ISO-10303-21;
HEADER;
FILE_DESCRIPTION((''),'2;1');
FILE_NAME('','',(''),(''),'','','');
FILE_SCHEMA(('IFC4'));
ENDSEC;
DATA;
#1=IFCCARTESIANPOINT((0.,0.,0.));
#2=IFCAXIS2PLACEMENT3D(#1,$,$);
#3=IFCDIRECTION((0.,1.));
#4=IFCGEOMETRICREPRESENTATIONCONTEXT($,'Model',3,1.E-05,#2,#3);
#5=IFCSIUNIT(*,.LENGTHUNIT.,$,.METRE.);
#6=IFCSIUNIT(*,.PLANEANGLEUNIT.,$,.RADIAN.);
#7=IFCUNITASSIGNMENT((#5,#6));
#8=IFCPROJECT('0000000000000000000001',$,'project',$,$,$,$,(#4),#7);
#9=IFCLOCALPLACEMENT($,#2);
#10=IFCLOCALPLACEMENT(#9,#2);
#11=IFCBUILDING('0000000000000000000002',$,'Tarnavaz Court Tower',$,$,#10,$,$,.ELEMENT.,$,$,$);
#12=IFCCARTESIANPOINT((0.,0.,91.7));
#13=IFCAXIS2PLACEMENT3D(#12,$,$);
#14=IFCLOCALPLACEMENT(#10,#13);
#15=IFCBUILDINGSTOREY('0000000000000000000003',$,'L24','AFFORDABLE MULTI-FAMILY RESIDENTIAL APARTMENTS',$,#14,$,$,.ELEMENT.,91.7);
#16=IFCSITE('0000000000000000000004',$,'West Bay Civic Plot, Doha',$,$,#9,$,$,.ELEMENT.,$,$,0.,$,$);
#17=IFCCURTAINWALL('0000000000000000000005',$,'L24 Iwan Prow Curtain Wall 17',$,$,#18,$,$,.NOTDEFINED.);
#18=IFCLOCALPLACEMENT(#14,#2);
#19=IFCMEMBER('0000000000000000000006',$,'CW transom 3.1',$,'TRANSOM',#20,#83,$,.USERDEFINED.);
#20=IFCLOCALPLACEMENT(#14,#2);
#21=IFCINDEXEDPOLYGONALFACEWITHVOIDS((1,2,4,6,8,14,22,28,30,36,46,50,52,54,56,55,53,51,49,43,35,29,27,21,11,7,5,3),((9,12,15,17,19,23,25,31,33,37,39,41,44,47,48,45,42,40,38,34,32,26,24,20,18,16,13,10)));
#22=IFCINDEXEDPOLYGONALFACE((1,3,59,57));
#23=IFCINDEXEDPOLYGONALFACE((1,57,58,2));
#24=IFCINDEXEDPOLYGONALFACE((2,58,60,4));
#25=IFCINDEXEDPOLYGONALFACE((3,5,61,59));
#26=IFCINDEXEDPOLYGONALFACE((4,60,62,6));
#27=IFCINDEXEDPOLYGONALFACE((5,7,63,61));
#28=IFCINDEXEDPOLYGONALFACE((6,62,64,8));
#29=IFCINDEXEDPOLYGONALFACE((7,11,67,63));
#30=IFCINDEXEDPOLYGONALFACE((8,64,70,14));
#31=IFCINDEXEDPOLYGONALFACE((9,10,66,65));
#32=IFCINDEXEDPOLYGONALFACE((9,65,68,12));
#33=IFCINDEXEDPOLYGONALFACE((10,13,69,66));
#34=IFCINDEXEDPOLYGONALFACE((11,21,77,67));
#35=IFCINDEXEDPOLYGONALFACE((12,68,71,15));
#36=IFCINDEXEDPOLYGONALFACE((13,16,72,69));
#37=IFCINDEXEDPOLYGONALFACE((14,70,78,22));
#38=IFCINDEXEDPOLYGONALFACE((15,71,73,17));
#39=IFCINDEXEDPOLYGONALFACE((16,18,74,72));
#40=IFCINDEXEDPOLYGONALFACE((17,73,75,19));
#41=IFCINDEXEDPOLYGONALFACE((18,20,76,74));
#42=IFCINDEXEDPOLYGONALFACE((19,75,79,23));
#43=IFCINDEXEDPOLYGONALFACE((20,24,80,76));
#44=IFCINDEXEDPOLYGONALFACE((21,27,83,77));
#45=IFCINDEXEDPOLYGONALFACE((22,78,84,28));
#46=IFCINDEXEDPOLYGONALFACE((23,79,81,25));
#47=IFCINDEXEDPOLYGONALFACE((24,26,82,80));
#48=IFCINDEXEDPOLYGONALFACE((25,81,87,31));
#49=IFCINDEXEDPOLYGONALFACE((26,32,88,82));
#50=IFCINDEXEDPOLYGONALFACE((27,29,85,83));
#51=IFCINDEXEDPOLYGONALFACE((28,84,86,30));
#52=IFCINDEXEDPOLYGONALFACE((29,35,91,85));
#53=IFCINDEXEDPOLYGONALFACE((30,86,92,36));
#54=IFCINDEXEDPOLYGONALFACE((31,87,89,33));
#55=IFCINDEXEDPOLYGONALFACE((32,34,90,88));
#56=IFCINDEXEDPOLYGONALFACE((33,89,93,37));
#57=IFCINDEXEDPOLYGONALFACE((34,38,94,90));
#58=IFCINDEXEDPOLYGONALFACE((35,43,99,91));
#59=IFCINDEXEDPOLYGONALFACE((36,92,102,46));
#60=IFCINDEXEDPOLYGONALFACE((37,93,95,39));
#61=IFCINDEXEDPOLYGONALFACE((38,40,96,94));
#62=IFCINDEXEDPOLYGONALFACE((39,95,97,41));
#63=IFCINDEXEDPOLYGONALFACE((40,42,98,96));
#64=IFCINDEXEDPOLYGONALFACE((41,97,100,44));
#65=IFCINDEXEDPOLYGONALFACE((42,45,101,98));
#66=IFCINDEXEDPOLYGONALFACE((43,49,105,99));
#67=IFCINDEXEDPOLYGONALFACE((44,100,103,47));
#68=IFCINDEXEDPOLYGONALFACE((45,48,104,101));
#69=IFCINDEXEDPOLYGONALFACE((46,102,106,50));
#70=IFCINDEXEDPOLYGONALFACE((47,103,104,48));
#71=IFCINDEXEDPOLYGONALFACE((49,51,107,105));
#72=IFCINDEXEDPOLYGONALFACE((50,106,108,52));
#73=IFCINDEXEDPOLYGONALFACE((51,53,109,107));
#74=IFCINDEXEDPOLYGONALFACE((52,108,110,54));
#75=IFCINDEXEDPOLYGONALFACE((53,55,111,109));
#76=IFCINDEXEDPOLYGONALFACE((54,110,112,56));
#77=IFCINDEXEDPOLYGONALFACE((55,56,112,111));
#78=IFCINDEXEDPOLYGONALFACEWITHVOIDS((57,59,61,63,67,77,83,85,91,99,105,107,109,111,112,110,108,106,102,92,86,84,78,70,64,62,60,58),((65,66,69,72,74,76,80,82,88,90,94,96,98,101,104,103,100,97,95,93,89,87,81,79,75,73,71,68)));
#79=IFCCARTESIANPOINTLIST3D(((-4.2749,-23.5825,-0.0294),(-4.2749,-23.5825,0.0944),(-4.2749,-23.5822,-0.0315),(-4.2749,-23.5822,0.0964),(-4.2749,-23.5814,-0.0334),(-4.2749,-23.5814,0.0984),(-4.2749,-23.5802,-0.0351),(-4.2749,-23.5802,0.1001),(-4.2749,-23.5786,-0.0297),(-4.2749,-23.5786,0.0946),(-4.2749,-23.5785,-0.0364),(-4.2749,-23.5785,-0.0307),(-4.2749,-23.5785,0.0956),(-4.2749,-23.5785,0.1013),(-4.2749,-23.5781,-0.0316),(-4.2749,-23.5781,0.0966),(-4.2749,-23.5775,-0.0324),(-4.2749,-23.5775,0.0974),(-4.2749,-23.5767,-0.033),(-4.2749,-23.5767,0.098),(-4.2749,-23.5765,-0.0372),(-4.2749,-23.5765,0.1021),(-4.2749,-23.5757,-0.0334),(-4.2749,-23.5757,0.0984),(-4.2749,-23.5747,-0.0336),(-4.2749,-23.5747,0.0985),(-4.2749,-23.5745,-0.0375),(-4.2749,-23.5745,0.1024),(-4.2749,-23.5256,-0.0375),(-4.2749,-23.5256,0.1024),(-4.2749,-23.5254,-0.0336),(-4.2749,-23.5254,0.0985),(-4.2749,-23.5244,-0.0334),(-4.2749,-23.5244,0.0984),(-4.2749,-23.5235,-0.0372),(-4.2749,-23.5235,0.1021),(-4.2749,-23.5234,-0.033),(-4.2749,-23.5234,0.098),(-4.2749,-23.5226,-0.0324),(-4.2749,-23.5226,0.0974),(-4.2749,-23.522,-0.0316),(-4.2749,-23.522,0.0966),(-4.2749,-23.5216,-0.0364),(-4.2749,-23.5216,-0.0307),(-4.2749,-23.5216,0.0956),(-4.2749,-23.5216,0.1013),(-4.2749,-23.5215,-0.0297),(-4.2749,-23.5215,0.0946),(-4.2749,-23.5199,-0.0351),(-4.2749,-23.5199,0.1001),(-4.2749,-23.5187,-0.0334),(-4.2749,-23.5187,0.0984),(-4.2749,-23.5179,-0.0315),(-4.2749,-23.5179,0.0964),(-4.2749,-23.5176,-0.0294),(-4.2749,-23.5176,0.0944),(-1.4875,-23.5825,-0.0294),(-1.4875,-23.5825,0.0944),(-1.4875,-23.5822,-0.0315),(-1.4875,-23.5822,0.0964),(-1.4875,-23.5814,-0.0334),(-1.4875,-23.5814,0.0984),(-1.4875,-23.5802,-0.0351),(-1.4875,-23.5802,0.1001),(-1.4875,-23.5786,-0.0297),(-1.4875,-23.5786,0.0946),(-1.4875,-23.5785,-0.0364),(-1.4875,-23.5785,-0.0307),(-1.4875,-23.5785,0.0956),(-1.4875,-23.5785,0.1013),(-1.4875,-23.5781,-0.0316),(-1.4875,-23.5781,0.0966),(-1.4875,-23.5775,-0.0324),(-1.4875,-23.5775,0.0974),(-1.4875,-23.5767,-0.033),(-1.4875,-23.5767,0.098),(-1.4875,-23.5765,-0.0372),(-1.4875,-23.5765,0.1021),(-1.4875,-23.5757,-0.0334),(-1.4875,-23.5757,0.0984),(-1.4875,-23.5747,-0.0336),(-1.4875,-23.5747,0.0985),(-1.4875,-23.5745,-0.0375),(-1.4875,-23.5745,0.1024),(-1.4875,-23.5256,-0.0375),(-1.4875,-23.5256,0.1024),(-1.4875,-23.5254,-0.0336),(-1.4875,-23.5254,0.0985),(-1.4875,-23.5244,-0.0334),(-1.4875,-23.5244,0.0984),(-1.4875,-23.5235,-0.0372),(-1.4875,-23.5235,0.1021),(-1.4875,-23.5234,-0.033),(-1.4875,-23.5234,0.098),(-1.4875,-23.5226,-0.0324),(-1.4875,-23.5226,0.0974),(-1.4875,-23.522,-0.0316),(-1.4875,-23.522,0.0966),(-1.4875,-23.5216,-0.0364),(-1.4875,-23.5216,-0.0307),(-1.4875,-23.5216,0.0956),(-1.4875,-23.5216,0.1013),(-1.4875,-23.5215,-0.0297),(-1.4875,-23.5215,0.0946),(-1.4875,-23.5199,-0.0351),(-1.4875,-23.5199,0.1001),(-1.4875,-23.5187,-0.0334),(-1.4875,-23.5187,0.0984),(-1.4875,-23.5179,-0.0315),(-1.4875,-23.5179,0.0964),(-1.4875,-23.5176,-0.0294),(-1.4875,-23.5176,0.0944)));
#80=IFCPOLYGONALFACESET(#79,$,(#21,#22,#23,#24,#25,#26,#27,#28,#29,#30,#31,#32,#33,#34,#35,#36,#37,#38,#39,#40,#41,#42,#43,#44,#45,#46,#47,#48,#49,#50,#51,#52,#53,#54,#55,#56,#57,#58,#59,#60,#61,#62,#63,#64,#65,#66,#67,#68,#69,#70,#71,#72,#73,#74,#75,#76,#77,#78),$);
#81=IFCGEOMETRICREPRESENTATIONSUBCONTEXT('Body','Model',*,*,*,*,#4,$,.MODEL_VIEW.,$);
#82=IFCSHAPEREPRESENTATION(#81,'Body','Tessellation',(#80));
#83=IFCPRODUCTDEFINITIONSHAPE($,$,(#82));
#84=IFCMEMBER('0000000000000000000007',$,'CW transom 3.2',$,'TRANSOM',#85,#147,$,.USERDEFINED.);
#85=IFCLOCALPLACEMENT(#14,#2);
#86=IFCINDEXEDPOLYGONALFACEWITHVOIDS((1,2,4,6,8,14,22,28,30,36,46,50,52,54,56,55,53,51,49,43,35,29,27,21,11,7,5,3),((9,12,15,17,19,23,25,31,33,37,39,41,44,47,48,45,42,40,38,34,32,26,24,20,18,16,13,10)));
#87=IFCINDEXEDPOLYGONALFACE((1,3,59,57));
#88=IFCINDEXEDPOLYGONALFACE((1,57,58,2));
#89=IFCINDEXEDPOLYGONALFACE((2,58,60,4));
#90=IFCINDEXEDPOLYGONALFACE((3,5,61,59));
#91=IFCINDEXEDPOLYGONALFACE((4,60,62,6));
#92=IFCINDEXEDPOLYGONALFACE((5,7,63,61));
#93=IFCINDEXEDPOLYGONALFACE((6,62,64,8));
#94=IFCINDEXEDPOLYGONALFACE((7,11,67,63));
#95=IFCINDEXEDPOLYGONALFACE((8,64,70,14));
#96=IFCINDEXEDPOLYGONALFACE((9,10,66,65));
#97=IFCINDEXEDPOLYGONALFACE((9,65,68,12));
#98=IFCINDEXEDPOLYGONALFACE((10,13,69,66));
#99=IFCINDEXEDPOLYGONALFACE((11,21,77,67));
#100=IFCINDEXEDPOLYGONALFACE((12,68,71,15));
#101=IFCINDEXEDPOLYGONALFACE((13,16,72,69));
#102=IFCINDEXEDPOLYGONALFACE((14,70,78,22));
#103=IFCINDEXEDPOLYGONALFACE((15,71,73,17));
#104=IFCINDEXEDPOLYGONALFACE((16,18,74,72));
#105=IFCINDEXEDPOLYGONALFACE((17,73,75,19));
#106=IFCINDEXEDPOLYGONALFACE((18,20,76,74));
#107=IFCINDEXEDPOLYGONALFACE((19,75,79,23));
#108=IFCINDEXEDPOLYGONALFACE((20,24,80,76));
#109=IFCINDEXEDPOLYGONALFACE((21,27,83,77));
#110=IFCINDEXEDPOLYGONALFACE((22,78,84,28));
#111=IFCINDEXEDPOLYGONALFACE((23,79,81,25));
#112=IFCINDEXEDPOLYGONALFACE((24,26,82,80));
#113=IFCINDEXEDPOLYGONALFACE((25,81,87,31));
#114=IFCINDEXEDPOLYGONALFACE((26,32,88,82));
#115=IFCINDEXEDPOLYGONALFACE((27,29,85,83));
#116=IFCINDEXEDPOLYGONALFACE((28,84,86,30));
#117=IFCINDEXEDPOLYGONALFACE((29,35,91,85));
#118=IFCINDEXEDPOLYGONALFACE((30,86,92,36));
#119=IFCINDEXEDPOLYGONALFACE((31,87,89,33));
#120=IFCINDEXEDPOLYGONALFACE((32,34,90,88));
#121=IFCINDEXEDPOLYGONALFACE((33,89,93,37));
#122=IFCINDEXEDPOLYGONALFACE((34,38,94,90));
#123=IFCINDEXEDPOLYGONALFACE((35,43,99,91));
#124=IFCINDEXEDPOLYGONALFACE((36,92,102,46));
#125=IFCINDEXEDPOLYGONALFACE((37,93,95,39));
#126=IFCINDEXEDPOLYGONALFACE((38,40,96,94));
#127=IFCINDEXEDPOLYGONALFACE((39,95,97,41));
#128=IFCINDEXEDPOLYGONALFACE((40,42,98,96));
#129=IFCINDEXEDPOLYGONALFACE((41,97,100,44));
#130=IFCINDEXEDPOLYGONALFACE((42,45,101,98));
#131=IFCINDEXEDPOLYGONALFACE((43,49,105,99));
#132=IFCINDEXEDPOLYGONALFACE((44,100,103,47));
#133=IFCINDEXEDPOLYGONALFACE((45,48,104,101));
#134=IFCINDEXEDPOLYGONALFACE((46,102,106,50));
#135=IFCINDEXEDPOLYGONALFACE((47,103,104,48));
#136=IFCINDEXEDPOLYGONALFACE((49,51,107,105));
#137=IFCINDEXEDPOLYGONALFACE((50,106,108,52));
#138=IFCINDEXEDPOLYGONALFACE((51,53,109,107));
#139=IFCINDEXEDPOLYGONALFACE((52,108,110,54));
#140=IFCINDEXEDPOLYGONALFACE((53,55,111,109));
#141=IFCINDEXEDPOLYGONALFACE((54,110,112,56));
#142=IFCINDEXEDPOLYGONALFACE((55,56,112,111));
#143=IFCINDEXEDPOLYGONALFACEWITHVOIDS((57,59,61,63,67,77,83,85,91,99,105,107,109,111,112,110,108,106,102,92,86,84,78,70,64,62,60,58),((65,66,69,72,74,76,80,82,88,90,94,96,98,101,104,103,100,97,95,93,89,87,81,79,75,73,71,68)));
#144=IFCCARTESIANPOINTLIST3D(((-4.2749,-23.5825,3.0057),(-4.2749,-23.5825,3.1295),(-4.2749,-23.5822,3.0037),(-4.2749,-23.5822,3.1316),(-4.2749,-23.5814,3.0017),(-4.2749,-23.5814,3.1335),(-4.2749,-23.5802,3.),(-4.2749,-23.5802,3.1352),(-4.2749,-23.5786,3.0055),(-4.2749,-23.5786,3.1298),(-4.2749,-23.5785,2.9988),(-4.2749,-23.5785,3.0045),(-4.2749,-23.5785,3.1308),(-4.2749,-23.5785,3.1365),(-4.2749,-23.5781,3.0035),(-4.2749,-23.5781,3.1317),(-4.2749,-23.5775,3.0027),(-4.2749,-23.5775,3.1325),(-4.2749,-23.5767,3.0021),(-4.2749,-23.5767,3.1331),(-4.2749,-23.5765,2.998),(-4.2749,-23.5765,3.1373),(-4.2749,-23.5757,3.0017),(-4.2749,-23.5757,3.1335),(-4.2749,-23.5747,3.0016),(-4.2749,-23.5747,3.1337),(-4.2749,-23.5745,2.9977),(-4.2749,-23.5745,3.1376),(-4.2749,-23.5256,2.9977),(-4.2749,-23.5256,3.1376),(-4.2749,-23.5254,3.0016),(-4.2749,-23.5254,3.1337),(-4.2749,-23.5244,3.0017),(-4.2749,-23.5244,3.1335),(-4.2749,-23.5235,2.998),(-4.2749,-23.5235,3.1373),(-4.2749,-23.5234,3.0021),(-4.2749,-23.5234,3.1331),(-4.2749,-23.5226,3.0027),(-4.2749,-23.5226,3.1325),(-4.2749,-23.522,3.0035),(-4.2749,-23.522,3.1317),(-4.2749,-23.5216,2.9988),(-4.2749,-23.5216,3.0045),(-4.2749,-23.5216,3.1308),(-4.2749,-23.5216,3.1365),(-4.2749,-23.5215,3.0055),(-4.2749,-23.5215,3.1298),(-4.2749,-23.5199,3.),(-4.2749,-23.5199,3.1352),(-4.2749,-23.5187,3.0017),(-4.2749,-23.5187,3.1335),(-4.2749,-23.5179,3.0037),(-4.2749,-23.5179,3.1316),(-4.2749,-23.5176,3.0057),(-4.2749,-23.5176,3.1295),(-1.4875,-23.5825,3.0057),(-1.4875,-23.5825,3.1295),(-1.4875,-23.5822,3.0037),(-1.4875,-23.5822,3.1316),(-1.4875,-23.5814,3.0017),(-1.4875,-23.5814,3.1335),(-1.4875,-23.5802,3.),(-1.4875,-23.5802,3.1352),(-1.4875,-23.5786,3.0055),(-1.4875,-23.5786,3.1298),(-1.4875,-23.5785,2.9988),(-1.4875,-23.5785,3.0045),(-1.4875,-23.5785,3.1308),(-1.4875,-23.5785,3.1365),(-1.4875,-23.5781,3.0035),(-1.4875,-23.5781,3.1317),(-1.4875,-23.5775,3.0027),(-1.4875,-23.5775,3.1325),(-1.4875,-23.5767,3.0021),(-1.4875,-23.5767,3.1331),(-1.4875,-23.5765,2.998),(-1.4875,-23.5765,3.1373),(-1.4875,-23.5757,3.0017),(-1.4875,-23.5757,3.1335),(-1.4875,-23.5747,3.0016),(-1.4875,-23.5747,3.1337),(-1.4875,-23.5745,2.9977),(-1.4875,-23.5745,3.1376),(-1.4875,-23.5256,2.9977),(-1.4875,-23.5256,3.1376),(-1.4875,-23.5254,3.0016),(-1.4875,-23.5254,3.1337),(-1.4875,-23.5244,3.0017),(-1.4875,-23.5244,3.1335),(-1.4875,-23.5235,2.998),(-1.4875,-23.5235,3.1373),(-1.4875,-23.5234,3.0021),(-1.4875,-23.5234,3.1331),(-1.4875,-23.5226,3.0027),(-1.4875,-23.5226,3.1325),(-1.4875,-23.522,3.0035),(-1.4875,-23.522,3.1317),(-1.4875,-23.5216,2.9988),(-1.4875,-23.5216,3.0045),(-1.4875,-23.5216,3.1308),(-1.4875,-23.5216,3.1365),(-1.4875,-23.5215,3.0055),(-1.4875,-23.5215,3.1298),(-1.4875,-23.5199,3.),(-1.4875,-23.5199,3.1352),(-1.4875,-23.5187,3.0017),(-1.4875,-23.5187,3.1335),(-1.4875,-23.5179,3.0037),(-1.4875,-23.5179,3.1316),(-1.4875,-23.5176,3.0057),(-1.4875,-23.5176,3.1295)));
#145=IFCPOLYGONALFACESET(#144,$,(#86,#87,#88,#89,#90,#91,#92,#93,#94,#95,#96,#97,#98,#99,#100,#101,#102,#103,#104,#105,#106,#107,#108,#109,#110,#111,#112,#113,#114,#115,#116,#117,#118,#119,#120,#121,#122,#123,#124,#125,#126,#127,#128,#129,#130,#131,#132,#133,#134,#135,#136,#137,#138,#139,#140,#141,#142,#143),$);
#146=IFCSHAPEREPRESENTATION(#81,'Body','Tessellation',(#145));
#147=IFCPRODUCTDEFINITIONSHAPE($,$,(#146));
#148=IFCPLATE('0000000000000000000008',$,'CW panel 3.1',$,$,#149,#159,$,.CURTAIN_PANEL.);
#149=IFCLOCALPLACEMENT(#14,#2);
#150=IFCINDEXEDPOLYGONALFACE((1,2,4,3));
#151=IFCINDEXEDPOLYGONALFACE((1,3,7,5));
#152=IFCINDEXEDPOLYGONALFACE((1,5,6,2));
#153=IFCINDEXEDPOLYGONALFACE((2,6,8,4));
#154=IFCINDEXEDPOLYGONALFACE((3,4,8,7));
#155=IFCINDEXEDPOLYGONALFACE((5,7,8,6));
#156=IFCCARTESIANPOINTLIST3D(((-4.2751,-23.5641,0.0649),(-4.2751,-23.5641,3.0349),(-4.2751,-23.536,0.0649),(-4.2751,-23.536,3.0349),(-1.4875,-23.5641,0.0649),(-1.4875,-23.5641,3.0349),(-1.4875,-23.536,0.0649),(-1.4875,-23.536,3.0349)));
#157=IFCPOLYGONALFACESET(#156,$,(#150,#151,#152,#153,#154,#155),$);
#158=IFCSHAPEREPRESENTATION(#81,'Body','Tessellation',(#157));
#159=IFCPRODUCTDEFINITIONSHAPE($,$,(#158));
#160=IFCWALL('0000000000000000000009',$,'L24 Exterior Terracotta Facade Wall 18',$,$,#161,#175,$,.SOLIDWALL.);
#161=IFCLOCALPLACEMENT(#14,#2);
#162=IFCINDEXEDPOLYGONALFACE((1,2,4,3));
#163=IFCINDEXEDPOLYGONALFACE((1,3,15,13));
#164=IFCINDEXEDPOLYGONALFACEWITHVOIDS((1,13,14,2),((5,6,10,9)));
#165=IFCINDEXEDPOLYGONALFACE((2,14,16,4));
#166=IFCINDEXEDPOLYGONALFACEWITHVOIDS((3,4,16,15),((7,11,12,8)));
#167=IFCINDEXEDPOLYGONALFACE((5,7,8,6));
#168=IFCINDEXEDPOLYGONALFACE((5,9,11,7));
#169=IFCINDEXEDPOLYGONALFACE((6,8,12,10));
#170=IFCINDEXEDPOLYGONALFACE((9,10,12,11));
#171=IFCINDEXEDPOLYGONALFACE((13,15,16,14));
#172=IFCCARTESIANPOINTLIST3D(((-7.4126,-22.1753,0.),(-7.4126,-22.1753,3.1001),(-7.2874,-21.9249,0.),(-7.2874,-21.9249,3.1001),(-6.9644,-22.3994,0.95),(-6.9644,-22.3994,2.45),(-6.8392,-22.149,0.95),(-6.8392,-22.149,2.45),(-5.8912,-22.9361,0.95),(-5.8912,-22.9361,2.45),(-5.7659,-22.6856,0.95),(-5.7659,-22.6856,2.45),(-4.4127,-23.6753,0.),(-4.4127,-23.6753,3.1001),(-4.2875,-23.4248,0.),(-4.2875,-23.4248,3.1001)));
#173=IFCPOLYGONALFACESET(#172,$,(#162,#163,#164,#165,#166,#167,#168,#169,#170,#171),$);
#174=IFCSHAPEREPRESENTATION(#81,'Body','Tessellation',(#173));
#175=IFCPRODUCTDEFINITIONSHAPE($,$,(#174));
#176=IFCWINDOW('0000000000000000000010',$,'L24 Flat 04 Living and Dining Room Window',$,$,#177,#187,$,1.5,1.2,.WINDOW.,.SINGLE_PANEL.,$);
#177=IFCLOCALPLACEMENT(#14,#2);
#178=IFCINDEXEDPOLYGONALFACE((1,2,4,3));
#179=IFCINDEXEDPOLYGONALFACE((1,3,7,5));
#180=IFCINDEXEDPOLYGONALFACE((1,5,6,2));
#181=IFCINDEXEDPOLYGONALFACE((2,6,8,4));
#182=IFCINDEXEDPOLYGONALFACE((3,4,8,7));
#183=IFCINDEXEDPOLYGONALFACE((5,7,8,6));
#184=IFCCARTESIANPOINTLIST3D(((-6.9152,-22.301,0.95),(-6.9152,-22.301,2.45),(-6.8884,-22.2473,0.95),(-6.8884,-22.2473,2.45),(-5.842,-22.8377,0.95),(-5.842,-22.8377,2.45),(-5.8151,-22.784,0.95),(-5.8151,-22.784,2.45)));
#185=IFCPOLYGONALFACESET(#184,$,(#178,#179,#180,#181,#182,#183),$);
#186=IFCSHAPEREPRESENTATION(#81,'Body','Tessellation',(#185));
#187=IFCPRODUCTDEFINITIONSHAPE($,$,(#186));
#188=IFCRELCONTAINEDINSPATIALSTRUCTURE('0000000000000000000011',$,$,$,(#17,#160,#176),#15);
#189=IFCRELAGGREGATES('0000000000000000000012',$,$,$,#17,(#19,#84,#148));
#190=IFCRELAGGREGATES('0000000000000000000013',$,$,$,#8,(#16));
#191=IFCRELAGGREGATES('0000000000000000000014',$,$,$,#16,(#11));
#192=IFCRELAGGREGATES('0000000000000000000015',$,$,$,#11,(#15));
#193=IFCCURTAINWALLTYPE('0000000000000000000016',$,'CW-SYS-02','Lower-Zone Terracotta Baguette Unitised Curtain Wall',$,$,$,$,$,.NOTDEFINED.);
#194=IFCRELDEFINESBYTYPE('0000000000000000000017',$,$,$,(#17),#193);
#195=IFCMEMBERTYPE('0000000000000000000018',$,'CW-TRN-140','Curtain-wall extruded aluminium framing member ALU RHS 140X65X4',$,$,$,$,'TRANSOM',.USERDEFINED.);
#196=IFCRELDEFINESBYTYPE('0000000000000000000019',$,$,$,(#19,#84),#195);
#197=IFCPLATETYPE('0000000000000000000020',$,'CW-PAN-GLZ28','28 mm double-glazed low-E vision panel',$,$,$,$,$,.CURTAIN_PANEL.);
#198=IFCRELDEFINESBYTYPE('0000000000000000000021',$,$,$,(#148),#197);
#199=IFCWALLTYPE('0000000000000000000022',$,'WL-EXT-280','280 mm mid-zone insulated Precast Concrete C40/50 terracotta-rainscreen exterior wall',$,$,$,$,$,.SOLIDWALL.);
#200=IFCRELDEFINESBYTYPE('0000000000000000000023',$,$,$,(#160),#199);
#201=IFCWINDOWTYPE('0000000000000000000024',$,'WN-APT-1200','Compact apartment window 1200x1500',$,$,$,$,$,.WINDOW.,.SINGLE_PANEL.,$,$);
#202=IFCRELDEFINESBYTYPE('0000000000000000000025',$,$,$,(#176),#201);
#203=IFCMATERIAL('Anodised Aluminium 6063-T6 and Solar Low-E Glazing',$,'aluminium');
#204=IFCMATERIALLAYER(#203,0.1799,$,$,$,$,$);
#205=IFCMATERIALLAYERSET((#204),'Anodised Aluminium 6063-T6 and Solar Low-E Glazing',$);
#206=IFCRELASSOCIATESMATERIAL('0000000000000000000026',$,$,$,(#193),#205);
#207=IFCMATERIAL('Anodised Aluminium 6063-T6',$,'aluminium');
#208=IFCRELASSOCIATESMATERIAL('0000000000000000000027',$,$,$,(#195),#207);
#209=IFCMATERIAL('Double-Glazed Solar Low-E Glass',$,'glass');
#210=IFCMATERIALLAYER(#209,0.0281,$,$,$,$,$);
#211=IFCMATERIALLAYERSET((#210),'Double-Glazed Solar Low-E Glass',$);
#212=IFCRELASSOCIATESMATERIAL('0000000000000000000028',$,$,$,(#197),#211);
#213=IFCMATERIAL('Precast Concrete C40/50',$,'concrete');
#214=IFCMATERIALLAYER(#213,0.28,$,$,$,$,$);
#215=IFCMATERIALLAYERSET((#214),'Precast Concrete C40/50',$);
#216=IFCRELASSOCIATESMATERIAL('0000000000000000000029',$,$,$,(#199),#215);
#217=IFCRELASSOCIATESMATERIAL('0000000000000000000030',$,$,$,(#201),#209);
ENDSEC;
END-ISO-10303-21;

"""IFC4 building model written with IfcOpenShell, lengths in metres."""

from ifc_helpers import new_model, si_unit, direction, frame, frame_2d, origin, origin_2d, place, context, subcontext, project, spatial, rectangle, hollow_rectangle, extrude, material, layer, layer_set, material_profile, profile_set, type_object, element, fill, aggregate, save


model = new_model("IFC4")

# Units and contexts
model_context = context("Model", 3, precision=1e-05, world=origin(), true_north=direction((0.0, 1.0)))
body_context = subcontext(model_context, "Body", "Model", "MODEL_VIEW")
ifc_project = project(units=[si_unit("LENGTHUNIT", "METRE"), si_unit("PLANEANGLEUNIT", "RADIAN")], contexts=[model_context])

# Site, building, storey
site_placement = place(None, origin())
site = spatial("IfcSite", under=ifc_project, at=site_placement, Name="West Bay Civic Plot, Doha", CompositionType="ELEMENT", RefElevation=0.0)
building_placement = place(site_placement, origin())
building = spatial("IfcBuilding", under=site, at=building_placement, Name="Tarnavaz Court Tower", CompositionType="ELEMENT")
storey_placement = place(building_placement, frame((0.0, 0.0, 91.7)))
storey = spatial("IfcBuildingStorey", under=building, at=storey_placement, Name="L24", Description="AFFORDABLE MULTI-FAMILY RESIDENTIAL APARTMENTS", CompositionType="ELEMENT", Elevation=91.7)

# Curtain wall, members, plate
ifc_material_1 = material(Name="Anodised Aluminium 6063-T6 and Solar Low-E Glazing", Category="aluminium")
ifc_layer_1 = layer(ifc_material_1, 0.1799)
ifc_layer_set_1 = layer_set([ifc_layer_1], Name="Anodised Aluminium 6063-T6 and Solar Low-E Glazing")
curtain_wall_type = type_object("IfcCurtainWallType", Name="CW-SYS-02", Description="Lower-Zone Terracotta Baguette Unitised Curtain Wall", PredefinedType="NOTDEFINED", material=ifc_layer_set_1)
curtain_wall_placement = place(storey_placement, origin())
curtain_wall = element("IfcCurtainWall", 1, at=curtain_wall_placement, inside=storey, type_object=curtain_wall_type, Name="L24 Iwan Prow Curtain Wall 17", PredefinedType="NOTDEFINED")
ifc_material_2 = material(Name="Anodised Aluminium 6063-T6", Category="aluminium")
ifc_material_profile_1 = material_profile(ifc_material_2, hollow_rectangle(XDim=0.0649, YDim=0.1399, WallThickness=0.0039, InnerFilletRadius=0.0039, OuterFilletRadius=0.0081, at=origin_2d()), Name="ALU RHS 140X65X4")
ifc_profile_set_1 = profile_set([ifc_material_profile_1], Name="Anodised Aluminium 6063-T6")
member_type_1 = type_object("IfcMemberType", Name="CW-TRN-140", Description="Curtain-wall extruded aluminium framing member ALU RHS 140X65X4", ElementType="TRANSOM", PredefinedType="USERDEFINED", material=ifc_profile_set_1)
member_1_placement = place(storey_placement, frame((-1.4875, -23.55, 0.0325), z_axis=(-1.0, 0.0, 0.0), x_axis=(0.0, -1.0, 0.0)))
member_1 = element("IfcMember", 2, at=member_1_placement, type_object=member_type_1, Name="CW transom 3.1", ObjectType="TRANSOM", PredefinedType="USERDEFINED", context=body_context, shape_type="SweptSolid", body=[
    extrude(hollow_rectangle(XDim=0.0649, YDim=0.1399, WallThickness=0.0039, InnerFilletRadius=0.0039, OuterFilletRadius=0.0081, at=origin_2d()), origin(), (0.0, 0.0, 1.0), 2.7874),
])
member_2_placement = place(storey_placement, frame((-1.4875, -23.55, 3.0676), z_axis=(-1.0, 0.0, 0.0), x_axis=(0.0, -1.0, 0.0)))
member_2 = element("IfcMember", 3, at=member_2_placement, type_object=member_type_1, Name="CW transom 3.2", ObjectType="TRANSOM", PredefinedType="USERDEFINED", context=body_context, shape_type="SweptSolid", body=[
    extrude(hollow_rectangle(XDim=0.0649, YDim=0.1399, WallThickness=0.0039, InnerFilletRadius=0.0039, OuterFilletRadius=0.0081, at=origin_2d()), origin(), (0.0, 0.0, 1.0), 2.7874),
])
ifc_material_3 = material(Name="Double-Glazed Solar Low-E Glass", Category="glass")
ifc_layer_2 = layer(ifc_material_3, 0.0281)
ifc_layer_set_2 = layer_set([ifc_layer_2], Name="Double-Glazed Solar Low-E Glass")
plate_type = type_object("IfcPlateType", Name="CW-PAN-GLZ28", Description="28 mm double-glazed low-E vision panel", PredefinedType="CURTAIN_PANEL", material=ifc_layer_set_2)
plate_placement = place(storey_placement, frame((-2.8813, -23.55, 0.0649), z_axis=(0.0, 0.0, 1.0), x_axis=(-1.0, 0.0, 0.0)))
plate = element("IfcPlate", 4, at=plate_placement, type_object=plate_type, Name="CW panel 3.1", PredefinedType="CURTAIN_PANEL", context=body_context, shape_type="SweptSolid", body=[
    extrude(rectangle(XDim=2.7876, YDim=0.0281, at=origin_2d()), origin(), (0.0, 0.0, 1.0), 2.97),
])
aggregate(curtain_wall, [member_1, member_2, plate])

# Wall, opening, window
ifc_material_4 = material(Name="Precast Concrete C40/50", Category="concrete")
ifc_layer_3 = layer(ifc_material_4, 0.28)
ifc_layer_set_3 = layer_set([ifc_layer_3], Name="Precast Concrete C40/50")
wall_type_1 = type_object("IfcWallType", Name="WL-EXT-280", Description="280 mm mid-zone insulated Precast Concrete C40/50 terracotta-rainscreen exterior wall", PredefinedType="SOLIDWALL", material=ifc_layer_set_3)
wall_1_placement = place(storey_placement, frame((-4.3501, -23.55, 0.0), z_axis=(0.0, 0.0, 1.0), x_axis=(-0.894427, 0.447214, 0.0)))
wall_1 = element("IfcWall", 5, at=wall_1_placement, inside=storey, type_object=wall_type_1, Name="L24 Exterior Terracotta Facade Wall 18", PredefinedType="SOLIDWALL", context=body_context, shape_type="SweptSolid", body=[
    extrude(rectangle(XDim=3.354, YDim=0.28, at=frame_2d((1.677, 0.0))), origin(), (0.0, 0.0, 1.0), 3.1001),
])
opening_1_placement = place(wall_1_placement, frame((1.6528, 0.0, 0.95)))
opening_1 = element("IfcOpeningElement", 6, at=opening_1_placement, cuts=wall_1, PredefinedType="OPENING", context=body_context, shape_type="SweptSolid", body=[
    extrude(rectangle(XDim=1.2, YDim=1.5, at=frame_2d((0.6001, 0.75))), frame((0.0, 0.1499, 0.0), z_axis=(0.0, -1.0, 0.0), x_axis=(1.0, 0.0, 0.0)), (0.0, 0.0, 1.0), 0.3),
])
window_type_1 = type_object("IfcWindowType", Name="WN-APT-1200", Description="Compact apartment window 1200x1500", PartitioningType="SINGLE_PANEL", PredefinedType="WINDOW", material=ifc_material_3)
window_1_placement = place(opening_1_placement, origin())
window_1 = element("IfcWindow", 7, at=window_1_placement, inside=storey, type_object=window_type_1, Name="L24 Flat 04 Living and Dining Room Window", OverallHeight=1.5, OverallWidth=1.2, PartitioningType="SINGLE_PANEL", PredefinedType="WINDOW", context=body_context, shape_type="SweptSolid", body=[
    extrude(rectangle(XDim=1.2, YDim=1.5, at=frame_2d((0.6001, 0.75))), frame((0.0, 0.03, 0.0), z_axis=(0.0, -1.0, 0.0), x_axis=(1.0, 0.0, 0.0)), (0.0, 0.0, 1.0), 0.0601),
])
fill(opening_1, window_1)

save(model, "model.ifc")
